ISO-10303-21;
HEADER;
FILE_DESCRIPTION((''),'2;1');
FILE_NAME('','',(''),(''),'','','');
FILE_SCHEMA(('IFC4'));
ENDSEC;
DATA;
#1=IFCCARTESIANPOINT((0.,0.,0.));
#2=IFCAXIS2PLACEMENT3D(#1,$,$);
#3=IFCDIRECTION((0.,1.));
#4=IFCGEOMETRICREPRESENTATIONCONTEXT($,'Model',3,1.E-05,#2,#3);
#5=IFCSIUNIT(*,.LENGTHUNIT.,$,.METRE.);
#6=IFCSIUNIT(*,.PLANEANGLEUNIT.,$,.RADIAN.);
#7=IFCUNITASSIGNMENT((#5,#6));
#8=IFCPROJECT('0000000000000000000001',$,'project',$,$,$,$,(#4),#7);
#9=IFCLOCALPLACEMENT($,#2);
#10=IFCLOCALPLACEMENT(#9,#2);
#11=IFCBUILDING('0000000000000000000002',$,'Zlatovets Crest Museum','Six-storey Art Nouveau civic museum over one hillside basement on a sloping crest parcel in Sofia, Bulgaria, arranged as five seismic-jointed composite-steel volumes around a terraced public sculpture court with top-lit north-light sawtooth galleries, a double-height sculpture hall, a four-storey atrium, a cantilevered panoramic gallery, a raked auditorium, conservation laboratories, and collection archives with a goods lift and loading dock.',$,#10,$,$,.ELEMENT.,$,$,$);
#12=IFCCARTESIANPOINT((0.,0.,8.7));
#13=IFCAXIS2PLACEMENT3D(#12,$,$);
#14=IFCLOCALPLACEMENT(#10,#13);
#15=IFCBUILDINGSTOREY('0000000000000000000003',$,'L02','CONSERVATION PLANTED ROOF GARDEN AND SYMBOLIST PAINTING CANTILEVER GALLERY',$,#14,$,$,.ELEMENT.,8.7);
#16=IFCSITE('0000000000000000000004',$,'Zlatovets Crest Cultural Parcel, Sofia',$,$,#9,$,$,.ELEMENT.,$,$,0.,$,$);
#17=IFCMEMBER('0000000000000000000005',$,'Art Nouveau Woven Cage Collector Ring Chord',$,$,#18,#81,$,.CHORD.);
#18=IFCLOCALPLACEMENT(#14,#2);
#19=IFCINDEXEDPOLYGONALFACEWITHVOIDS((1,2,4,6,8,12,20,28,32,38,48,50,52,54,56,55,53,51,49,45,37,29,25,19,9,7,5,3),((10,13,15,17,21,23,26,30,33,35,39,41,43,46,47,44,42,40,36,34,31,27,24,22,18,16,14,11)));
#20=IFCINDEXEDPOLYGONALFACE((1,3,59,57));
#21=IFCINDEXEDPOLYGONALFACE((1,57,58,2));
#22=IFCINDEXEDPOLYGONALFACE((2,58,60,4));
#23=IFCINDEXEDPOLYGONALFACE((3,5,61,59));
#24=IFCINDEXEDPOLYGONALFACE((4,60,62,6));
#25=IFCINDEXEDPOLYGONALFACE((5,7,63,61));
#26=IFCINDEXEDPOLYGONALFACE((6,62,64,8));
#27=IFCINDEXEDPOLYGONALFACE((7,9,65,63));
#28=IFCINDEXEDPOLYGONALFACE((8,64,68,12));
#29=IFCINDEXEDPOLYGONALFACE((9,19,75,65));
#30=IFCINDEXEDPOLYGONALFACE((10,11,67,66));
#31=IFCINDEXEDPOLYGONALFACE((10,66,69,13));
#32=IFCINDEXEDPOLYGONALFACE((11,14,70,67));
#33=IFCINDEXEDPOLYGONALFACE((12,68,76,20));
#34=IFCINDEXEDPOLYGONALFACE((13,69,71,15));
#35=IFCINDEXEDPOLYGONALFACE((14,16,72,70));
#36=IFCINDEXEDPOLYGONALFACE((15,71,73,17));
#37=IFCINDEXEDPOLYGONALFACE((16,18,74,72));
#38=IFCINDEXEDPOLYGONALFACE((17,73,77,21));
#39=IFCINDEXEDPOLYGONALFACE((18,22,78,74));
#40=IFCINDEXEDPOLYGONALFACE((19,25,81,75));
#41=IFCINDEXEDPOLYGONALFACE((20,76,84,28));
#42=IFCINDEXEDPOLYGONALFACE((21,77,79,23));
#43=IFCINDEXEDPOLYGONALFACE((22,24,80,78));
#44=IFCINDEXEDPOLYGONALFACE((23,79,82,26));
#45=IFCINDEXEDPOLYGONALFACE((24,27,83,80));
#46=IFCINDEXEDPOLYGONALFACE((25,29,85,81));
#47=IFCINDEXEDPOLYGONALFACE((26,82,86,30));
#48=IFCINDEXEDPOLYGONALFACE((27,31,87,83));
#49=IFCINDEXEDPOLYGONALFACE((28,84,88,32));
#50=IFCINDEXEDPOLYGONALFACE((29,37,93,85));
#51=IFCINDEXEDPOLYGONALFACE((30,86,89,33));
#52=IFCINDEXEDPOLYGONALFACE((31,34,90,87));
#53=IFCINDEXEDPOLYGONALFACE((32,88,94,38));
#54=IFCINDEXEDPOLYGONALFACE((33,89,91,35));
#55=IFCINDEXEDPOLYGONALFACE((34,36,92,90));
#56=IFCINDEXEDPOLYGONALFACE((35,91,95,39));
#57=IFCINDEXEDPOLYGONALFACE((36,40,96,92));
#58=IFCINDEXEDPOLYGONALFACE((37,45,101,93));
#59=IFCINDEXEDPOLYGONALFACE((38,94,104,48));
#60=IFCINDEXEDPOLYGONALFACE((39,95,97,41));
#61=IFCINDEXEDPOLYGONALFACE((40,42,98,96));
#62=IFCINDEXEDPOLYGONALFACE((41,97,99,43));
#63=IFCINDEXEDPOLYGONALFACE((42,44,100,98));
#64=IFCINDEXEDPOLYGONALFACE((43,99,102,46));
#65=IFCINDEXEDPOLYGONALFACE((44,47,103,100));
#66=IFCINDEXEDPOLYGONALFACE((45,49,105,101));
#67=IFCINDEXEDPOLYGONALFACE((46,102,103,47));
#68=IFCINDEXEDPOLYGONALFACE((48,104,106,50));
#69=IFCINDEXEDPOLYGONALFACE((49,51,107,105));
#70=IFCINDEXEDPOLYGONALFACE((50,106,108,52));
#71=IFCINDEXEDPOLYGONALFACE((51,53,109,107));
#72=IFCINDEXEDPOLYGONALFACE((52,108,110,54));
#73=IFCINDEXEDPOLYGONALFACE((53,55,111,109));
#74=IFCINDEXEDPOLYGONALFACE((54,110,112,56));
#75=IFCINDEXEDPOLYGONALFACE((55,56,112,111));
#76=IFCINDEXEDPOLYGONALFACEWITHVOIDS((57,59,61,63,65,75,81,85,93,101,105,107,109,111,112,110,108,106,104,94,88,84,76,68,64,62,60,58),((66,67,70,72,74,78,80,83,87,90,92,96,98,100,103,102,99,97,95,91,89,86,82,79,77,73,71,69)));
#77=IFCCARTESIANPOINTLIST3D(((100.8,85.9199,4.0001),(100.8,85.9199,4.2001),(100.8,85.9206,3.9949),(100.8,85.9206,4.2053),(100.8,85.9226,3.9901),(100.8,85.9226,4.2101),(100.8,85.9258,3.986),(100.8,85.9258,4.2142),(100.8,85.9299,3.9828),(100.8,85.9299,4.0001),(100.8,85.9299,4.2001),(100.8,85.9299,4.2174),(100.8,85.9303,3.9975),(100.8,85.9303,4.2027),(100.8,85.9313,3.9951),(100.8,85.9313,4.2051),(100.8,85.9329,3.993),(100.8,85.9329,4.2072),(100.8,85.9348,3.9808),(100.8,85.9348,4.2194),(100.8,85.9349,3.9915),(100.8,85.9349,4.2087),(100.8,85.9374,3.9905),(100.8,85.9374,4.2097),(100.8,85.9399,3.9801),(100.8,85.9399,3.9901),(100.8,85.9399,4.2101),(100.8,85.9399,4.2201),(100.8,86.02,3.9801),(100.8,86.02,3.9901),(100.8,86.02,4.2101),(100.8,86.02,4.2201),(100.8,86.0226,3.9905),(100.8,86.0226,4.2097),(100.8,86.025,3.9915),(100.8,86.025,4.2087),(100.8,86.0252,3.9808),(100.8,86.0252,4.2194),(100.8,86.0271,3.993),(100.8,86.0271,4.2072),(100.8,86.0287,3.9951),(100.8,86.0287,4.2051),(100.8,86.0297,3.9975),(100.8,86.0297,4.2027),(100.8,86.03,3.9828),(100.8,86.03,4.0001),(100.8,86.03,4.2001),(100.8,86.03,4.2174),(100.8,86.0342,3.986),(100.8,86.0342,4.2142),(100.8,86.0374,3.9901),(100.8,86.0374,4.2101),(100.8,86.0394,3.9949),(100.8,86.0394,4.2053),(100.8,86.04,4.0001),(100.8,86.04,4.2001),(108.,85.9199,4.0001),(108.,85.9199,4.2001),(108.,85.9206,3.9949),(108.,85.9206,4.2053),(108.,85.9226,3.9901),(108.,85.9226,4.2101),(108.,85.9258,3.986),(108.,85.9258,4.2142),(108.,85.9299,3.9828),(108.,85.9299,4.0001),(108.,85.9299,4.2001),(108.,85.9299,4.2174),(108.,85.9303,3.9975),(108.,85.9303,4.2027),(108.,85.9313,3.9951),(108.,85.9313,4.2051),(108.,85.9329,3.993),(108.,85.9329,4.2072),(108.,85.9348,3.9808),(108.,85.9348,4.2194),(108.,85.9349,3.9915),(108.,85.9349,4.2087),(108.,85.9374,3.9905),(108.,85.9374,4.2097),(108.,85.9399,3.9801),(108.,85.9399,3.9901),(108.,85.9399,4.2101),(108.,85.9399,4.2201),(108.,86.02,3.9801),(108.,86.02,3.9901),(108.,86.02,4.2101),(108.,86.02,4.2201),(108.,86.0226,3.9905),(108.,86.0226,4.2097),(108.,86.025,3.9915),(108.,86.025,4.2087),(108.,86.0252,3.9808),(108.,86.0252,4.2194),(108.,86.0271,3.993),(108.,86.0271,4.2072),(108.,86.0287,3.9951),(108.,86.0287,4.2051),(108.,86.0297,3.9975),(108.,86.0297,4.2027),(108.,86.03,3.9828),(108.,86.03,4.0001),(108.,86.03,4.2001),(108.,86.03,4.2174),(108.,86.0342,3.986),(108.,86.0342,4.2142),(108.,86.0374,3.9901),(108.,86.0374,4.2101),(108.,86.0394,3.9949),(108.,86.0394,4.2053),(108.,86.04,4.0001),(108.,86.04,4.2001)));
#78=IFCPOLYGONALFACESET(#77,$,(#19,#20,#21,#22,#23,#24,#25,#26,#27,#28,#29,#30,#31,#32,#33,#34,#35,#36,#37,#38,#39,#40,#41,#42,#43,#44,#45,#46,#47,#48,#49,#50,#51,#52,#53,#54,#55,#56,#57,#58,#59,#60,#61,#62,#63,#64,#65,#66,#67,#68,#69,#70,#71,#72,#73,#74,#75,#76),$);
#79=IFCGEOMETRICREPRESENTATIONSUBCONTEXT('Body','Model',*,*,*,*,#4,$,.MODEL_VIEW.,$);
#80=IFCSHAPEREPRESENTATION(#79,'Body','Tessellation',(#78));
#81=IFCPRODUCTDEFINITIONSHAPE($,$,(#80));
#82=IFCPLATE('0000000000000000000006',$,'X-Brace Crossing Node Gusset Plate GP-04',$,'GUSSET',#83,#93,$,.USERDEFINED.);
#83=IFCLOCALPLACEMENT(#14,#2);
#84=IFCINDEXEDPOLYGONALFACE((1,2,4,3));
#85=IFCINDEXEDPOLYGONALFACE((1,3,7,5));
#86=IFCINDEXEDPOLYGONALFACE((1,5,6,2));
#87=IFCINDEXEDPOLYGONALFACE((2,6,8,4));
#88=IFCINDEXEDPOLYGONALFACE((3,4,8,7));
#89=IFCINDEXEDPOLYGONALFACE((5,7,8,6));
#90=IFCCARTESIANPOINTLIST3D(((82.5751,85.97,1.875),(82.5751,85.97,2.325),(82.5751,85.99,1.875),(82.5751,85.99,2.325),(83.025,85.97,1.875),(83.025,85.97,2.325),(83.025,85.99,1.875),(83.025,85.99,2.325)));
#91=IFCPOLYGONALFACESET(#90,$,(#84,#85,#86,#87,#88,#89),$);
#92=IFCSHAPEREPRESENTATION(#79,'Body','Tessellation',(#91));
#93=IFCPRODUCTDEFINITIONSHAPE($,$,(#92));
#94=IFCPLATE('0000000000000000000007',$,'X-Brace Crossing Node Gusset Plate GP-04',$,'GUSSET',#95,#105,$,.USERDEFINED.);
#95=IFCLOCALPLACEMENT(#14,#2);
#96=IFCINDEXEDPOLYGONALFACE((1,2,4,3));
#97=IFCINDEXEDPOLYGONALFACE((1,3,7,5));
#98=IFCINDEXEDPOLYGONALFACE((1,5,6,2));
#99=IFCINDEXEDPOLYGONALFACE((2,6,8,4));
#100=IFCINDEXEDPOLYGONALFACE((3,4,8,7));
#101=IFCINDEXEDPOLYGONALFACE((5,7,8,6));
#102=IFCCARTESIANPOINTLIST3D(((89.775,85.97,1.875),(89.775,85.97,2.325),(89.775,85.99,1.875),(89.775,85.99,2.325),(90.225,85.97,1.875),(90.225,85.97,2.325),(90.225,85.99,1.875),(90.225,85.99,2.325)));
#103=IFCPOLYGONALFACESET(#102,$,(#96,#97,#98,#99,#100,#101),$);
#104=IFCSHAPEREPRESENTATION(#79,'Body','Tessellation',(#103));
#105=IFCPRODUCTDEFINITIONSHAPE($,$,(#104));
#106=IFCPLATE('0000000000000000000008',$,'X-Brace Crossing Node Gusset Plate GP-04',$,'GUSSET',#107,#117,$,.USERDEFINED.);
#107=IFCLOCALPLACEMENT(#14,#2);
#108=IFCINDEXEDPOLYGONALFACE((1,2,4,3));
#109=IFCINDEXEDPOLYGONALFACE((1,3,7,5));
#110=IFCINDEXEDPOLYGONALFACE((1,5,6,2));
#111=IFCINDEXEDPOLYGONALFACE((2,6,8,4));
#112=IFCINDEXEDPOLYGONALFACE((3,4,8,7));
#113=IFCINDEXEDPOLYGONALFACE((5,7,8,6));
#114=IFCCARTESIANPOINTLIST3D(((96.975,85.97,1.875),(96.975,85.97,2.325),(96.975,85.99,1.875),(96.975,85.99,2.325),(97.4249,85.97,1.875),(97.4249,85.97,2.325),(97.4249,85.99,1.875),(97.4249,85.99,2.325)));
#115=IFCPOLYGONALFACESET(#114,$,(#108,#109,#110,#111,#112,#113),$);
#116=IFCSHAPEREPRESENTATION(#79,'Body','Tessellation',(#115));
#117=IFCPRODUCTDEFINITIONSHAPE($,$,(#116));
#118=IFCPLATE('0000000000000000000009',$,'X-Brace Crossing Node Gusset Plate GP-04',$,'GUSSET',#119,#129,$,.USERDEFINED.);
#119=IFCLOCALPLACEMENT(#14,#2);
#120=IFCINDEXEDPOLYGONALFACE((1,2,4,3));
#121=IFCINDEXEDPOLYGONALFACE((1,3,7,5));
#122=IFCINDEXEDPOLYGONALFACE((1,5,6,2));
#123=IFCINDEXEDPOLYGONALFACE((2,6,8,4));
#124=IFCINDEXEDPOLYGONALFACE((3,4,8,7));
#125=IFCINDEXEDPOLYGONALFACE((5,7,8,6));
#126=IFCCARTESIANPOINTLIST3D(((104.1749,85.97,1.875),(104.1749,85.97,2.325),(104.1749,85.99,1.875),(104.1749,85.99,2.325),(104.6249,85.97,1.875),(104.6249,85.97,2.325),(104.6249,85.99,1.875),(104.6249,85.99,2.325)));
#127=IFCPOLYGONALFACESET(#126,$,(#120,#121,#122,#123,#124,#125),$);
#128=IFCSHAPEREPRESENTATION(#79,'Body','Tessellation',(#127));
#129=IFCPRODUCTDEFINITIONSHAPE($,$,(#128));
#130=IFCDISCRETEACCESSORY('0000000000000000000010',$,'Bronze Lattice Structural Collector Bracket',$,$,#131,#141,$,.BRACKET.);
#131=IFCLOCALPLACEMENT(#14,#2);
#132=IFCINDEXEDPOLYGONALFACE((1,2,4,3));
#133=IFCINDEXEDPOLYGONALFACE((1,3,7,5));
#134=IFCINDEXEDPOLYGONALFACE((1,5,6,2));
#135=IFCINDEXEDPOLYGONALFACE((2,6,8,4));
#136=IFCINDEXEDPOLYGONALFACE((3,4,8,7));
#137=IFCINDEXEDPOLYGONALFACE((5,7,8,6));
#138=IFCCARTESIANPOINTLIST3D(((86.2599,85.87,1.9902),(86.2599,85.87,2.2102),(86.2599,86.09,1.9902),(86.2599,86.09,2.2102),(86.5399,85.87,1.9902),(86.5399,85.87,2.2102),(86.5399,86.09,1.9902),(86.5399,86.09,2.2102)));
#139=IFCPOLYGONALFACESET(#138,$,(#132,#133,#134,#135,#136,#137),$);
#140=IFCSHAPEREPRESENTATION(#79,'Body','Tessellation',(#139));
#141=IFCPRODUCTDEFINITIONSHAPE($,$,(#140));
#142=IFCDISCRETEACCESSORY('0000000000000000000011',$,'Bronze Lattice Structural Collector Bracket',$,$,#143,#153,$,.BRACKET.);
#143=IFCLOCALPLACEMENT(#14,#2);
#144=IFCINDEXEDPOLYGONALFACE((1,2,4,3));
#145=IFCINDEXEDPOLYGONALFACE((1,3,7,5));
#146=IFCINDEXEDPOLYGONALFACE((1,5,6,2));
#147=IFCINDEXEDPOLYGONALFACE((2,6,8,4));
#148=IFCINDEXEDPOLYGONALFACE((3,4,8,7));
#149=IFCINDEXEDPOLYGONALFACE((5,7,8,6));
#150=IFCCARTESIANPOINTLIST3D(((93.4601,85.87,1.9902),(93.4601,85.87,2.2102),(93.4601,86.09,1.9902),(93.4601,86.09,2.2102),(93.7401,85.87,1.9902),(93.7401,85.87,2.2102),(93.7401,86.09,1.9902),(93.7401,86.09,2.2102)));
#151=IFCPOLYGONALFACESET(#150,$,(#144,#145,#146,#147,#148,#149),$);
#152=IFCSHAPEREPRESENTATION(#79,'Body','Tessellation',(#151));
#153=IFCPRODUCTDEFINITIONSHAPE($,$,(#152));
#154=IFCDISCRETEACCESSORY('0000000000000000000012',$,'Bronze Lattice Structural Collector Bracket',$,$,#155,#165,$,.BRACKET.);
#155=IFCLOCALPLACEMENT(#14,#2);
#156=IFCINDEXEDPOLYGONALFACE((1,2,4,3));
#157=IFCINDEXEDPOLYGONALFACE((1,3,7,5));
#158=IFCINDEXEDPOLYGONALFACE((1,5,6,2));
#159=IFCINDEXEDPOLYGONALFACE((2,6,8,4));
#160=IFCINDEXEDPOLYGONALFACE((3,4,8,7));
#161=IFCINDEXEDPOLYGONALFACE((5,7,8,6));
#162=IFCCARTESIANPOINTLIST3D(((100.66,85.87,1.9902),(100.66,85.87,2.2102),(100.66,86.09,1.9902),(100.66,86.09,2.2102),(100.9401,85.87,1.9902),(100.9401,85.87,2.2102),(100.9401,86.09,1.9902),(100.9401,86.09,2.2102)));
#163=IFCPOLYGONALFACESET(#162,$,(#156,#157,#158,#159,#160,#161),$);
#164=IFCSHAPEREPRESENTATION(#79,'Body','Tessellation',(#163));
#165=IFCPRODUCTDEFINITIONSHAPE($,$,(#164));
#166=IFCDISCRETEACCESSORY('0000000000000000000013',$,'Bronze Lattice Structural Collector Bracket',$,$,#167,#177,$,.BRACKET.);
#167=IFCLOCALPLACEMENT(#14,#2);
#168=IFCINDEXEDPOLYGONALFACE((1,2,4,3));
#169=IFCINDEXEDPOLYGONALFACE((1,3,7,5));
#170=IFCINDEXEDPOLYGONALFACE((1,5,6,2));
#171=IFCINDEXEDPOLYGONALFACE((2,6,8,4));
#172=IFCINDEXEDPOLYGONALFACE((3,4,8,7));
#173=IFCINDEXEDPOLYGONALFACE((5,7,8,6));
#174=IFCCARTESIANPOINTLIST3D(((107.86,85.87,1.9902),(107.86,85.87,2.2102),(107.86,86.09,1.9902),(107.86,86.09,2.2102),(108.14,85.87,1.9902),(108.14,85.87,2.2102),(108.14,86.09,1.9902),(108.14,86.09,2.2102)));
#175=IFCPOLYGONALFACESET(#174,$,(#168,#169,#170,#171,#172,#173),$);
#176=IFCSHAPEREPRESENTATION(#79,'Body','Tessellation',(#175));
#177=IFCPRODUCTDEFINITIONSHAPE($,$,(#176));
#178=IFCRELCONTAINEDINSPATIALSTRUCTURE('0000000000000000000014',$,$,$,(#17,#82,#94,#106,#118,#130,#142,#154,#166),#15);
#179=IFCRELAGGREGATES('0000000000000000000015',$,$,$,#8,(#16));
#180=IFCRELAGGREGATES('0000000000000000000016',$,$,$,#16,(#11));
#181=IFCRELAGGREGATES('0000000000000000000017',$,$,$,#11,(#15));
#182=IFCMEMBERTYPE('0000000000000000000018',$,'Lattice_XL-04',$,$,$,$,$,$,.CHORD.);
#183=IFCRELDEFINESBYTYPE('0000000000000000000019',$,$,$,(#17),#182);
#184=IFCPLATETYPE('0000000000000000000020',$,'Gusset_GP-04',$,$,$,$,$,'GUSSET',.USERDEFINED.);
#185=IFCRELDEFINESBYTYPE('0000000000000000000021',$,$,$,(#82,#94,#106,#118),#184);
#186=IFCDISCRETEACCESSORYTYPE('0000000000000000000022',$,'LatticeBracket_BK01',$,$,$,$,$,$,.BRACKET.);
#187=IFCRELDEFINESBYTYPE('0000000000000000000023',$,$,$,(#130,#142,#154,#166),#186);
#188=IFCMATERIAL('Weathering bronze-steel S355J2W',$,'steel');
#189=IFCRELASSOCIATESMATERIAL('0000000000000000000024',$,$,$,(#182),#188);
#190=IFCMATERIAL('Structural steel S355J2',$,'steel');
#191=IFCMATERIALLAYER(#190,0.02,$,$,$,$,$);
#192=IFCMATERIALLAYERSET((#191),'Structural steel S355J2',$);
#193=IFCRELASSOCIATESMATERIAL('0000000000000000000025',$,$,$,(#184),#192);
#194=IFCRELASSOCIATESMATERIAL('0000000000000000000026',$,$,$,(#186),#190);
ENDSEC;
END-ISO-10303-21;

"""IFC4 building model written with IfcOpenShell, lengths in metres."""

from ifc_helpers import new_model, si_unit, direction, frame, origin, origin_2d, place, context, subcontext, project, spatial, rectangle, hollow_rectangle, extrude, material, layer, layer_set, material_profile, profile_set, type_object, element, save


model = new_model("IFC4")

# Units and contexts
model_context = context("Model", 3, precision=1e-05, world=origin(), true_north=direction((0.0, 1.0)))
body_context = subcontext(model_context, "Body", "Model", "MODEL_VIEW")
ifc_project = project(units=[si_unit("LENGTHUNIT", "METRE"), si_unit("PLANEANGLEUNIT", "RADIAN")], contexts=[model_context])

# Site, building, storey
site_placement = place(None, origin())
site = spatial("IfcSite", under=ifc_project, at=site_placement, Name="Zlatovets Crest Cultural Parcel, Sofia", CompositionType="ELEMENT", RefElevation=0.0)
building_placement = place(site_placement, origin())
building = spatial("IfcBuilding", under=site, at=building_placement, Name="Zlatovets Crest Museum", Description="Six-storey Art Nouveau civic museum over one hillside basement on a sloping crest parcel in Sofia, Bulgaria, arranged as five seismic-jointed composite-steel volumes around a terraced public sculpture court with top-lit north-light sawtooth galleries, a double-height sculpture hall, a four-storey atrium, a cantilevered panoramic gallery, a raked auditorium, conservation laboratories, and collection archives with a goods lift and loading dock.", CompositionType="ELEMENT")
storey_placement = place(building_placement, frame((0.0, 0.0, 8.7)))
storey = spatial("IfcBuildingStorey", under=building, at=storey_placement, Name="L02", Description="CONSERVATION PLANTED ROOF GARDEN AND SYMBOLIST PAINTING CANTILEVER GALLERY", CompositionType="ELEMENT", Elevation=8.7)

# Shared definitions
ifc_material_1 = material(Name="Structural steel S355J2", Category="steel")

# Member
ifc_material_2 = material(Name="Weathering bronze-steel S355J2W", Category="steel")
ifc_material_profile_1 = material_profile(ifc_material_2, hollow_rectangle(XDim=0.1201, YDim=0.24, WallThickness=0.01, InnerFilletRadius=0.01, OuterFilletRadius=0.02, at=origin_2d()), Name="RHS 120x240x10.0")
ifc_profile_set_1 = profile_set([ifc_material_profile_1], Name="Weathering bronze-steel S355J2W")
member_type_1 = type_object("IfcMemberType", Name="Lattice_XL-04", PredefinedType="CHORD", material=ifc_profile_set_1)
for number, where, z_axis, x_axis, name in (
    (1, (100.8, 85.98, 4.1001), (1.0, 0.0, 0.0), (0.0, 1.0, 0.0), "Art Nouveau Woven Cage Collector Ring Chord"),
):
    element("IfcMember", number, at=place(storey_placement, frame(where, z_axis=z_axis, x_axis=x_axis)), inside=storey, type_object=member_type_1, Name=name, PredefinedType="CHORD", context=body_context, shape_type="SweptSolid", body=[
        extrude(hollow_rectangle(XDim=0.1201, YDim=0.24, WallThickness=0.01, InnerFilletRadius=0.01, OuterFilletRadius=0.02, at=origin_2d()), origin(), (0.0, 0.0, 1.0), 7.2),
    ])

# Plates
ifc_layer = layer(ifc_material_1, 0.02)
ifc_layer_set = layer_set([ifc_layer], Name="Structural steel S355J2")
plate_type = type_object("IfcPlateType", Name="Gusset_GP-04", ElementType="GUSSET", PredefinedType="USERDEFINED", material=ifc_layer_set)
for number, where, z_axis, x_axis, name in (
    (2, (82.8, 85.98, 1.875), (0.0, 0.0, 1.0), (1.0, 0.0, 0.0), "X-Brace Crossing Node Gusset Plate GP-04"),
    (3, (90.0, 85.98, 1.875), (0.0, 0.0, 1.0), (1.0, 0.0, 0.0), "X-Brace Crossing Node Gusset Plate GP-04"),
    (4, (97.2, 85.98, 1.875), (0.0, 0.0, 1.0), (1.0, 0.0, 0.0), "X-Brace Crossing Node Gusset Plate GP-04"),
    (5, (104.3999, 85.98, 1.875), (0.0, 0.0, 1.0), (1.0, 0.0, 0.0), "X-Brace Crossing Node Gusset Plate GP-04"),
):
    element("IfcPlate", number, at=place(storey_placement, frame(where, z_axis=z_axis, x_axis=x_axis)), inside=storey, type_object=plate_type, Name=name, ObjectType="GUSSET", PredefinedType="USERDEFINED", context=body_context, shape_type="SweptSolid", body=[
        extrude(rectangle(XDim=0.45, YDim=0.02, at=origin_2d()), origin(), (0.0, 0.0, 1.0), 0.45),
    ])

# Discrete accessories
discrete_accessory_type = type_object("IfcDiscreteAccessoryType", Name="LatticeBracket_BK01", PredefinedType="BRACKET", material=ifc_material_1)
for number, where, z_axis, x_axis, name in (
    (6, (86.3999, 85.98, 1.9902), (0.0, 0.0, 1.0), (1.0, 0.0, 0.0), "Bronze Lattice Structural Collector Bracket"),
    (7, (93.6001, 85.98, 1.9902), (0.0, 0.0, 1.0), (1.0, 0.0, 0.0), "Bronze Lattice Structural Collector Bracket"),
    (8, (100.8, 85.98, 1.9902), (0.0, 0.0, 1.0), (1.0, 0.0, 0.0), "Bronze Lattice Structural Collector Bracket"),
    (9, (108.0, 85.98, 1.9902), (0.0, 0.0, 1.0), (1.0, 0.0, 0.0), "Bronze Lattice Structural Collector Bracket"),
):
    element("IfcDiscreteAccessory", number, at=place(storey_placement, frame(where, z_axis=z_axis, x_axis=x_axis)), inside=storey, type_object=discrete_accessory_type, Name=name, PredefinedType="BRACKET", context=body_context, shape_type="SweptSolid", body=[
        extrude(rectangle(XDim=0.28, YDim=0.22, at=origin_2d()), origin(), (0.0, 0.0, 1.0), 0.22),
    ])

save(model, "model.ifc")
